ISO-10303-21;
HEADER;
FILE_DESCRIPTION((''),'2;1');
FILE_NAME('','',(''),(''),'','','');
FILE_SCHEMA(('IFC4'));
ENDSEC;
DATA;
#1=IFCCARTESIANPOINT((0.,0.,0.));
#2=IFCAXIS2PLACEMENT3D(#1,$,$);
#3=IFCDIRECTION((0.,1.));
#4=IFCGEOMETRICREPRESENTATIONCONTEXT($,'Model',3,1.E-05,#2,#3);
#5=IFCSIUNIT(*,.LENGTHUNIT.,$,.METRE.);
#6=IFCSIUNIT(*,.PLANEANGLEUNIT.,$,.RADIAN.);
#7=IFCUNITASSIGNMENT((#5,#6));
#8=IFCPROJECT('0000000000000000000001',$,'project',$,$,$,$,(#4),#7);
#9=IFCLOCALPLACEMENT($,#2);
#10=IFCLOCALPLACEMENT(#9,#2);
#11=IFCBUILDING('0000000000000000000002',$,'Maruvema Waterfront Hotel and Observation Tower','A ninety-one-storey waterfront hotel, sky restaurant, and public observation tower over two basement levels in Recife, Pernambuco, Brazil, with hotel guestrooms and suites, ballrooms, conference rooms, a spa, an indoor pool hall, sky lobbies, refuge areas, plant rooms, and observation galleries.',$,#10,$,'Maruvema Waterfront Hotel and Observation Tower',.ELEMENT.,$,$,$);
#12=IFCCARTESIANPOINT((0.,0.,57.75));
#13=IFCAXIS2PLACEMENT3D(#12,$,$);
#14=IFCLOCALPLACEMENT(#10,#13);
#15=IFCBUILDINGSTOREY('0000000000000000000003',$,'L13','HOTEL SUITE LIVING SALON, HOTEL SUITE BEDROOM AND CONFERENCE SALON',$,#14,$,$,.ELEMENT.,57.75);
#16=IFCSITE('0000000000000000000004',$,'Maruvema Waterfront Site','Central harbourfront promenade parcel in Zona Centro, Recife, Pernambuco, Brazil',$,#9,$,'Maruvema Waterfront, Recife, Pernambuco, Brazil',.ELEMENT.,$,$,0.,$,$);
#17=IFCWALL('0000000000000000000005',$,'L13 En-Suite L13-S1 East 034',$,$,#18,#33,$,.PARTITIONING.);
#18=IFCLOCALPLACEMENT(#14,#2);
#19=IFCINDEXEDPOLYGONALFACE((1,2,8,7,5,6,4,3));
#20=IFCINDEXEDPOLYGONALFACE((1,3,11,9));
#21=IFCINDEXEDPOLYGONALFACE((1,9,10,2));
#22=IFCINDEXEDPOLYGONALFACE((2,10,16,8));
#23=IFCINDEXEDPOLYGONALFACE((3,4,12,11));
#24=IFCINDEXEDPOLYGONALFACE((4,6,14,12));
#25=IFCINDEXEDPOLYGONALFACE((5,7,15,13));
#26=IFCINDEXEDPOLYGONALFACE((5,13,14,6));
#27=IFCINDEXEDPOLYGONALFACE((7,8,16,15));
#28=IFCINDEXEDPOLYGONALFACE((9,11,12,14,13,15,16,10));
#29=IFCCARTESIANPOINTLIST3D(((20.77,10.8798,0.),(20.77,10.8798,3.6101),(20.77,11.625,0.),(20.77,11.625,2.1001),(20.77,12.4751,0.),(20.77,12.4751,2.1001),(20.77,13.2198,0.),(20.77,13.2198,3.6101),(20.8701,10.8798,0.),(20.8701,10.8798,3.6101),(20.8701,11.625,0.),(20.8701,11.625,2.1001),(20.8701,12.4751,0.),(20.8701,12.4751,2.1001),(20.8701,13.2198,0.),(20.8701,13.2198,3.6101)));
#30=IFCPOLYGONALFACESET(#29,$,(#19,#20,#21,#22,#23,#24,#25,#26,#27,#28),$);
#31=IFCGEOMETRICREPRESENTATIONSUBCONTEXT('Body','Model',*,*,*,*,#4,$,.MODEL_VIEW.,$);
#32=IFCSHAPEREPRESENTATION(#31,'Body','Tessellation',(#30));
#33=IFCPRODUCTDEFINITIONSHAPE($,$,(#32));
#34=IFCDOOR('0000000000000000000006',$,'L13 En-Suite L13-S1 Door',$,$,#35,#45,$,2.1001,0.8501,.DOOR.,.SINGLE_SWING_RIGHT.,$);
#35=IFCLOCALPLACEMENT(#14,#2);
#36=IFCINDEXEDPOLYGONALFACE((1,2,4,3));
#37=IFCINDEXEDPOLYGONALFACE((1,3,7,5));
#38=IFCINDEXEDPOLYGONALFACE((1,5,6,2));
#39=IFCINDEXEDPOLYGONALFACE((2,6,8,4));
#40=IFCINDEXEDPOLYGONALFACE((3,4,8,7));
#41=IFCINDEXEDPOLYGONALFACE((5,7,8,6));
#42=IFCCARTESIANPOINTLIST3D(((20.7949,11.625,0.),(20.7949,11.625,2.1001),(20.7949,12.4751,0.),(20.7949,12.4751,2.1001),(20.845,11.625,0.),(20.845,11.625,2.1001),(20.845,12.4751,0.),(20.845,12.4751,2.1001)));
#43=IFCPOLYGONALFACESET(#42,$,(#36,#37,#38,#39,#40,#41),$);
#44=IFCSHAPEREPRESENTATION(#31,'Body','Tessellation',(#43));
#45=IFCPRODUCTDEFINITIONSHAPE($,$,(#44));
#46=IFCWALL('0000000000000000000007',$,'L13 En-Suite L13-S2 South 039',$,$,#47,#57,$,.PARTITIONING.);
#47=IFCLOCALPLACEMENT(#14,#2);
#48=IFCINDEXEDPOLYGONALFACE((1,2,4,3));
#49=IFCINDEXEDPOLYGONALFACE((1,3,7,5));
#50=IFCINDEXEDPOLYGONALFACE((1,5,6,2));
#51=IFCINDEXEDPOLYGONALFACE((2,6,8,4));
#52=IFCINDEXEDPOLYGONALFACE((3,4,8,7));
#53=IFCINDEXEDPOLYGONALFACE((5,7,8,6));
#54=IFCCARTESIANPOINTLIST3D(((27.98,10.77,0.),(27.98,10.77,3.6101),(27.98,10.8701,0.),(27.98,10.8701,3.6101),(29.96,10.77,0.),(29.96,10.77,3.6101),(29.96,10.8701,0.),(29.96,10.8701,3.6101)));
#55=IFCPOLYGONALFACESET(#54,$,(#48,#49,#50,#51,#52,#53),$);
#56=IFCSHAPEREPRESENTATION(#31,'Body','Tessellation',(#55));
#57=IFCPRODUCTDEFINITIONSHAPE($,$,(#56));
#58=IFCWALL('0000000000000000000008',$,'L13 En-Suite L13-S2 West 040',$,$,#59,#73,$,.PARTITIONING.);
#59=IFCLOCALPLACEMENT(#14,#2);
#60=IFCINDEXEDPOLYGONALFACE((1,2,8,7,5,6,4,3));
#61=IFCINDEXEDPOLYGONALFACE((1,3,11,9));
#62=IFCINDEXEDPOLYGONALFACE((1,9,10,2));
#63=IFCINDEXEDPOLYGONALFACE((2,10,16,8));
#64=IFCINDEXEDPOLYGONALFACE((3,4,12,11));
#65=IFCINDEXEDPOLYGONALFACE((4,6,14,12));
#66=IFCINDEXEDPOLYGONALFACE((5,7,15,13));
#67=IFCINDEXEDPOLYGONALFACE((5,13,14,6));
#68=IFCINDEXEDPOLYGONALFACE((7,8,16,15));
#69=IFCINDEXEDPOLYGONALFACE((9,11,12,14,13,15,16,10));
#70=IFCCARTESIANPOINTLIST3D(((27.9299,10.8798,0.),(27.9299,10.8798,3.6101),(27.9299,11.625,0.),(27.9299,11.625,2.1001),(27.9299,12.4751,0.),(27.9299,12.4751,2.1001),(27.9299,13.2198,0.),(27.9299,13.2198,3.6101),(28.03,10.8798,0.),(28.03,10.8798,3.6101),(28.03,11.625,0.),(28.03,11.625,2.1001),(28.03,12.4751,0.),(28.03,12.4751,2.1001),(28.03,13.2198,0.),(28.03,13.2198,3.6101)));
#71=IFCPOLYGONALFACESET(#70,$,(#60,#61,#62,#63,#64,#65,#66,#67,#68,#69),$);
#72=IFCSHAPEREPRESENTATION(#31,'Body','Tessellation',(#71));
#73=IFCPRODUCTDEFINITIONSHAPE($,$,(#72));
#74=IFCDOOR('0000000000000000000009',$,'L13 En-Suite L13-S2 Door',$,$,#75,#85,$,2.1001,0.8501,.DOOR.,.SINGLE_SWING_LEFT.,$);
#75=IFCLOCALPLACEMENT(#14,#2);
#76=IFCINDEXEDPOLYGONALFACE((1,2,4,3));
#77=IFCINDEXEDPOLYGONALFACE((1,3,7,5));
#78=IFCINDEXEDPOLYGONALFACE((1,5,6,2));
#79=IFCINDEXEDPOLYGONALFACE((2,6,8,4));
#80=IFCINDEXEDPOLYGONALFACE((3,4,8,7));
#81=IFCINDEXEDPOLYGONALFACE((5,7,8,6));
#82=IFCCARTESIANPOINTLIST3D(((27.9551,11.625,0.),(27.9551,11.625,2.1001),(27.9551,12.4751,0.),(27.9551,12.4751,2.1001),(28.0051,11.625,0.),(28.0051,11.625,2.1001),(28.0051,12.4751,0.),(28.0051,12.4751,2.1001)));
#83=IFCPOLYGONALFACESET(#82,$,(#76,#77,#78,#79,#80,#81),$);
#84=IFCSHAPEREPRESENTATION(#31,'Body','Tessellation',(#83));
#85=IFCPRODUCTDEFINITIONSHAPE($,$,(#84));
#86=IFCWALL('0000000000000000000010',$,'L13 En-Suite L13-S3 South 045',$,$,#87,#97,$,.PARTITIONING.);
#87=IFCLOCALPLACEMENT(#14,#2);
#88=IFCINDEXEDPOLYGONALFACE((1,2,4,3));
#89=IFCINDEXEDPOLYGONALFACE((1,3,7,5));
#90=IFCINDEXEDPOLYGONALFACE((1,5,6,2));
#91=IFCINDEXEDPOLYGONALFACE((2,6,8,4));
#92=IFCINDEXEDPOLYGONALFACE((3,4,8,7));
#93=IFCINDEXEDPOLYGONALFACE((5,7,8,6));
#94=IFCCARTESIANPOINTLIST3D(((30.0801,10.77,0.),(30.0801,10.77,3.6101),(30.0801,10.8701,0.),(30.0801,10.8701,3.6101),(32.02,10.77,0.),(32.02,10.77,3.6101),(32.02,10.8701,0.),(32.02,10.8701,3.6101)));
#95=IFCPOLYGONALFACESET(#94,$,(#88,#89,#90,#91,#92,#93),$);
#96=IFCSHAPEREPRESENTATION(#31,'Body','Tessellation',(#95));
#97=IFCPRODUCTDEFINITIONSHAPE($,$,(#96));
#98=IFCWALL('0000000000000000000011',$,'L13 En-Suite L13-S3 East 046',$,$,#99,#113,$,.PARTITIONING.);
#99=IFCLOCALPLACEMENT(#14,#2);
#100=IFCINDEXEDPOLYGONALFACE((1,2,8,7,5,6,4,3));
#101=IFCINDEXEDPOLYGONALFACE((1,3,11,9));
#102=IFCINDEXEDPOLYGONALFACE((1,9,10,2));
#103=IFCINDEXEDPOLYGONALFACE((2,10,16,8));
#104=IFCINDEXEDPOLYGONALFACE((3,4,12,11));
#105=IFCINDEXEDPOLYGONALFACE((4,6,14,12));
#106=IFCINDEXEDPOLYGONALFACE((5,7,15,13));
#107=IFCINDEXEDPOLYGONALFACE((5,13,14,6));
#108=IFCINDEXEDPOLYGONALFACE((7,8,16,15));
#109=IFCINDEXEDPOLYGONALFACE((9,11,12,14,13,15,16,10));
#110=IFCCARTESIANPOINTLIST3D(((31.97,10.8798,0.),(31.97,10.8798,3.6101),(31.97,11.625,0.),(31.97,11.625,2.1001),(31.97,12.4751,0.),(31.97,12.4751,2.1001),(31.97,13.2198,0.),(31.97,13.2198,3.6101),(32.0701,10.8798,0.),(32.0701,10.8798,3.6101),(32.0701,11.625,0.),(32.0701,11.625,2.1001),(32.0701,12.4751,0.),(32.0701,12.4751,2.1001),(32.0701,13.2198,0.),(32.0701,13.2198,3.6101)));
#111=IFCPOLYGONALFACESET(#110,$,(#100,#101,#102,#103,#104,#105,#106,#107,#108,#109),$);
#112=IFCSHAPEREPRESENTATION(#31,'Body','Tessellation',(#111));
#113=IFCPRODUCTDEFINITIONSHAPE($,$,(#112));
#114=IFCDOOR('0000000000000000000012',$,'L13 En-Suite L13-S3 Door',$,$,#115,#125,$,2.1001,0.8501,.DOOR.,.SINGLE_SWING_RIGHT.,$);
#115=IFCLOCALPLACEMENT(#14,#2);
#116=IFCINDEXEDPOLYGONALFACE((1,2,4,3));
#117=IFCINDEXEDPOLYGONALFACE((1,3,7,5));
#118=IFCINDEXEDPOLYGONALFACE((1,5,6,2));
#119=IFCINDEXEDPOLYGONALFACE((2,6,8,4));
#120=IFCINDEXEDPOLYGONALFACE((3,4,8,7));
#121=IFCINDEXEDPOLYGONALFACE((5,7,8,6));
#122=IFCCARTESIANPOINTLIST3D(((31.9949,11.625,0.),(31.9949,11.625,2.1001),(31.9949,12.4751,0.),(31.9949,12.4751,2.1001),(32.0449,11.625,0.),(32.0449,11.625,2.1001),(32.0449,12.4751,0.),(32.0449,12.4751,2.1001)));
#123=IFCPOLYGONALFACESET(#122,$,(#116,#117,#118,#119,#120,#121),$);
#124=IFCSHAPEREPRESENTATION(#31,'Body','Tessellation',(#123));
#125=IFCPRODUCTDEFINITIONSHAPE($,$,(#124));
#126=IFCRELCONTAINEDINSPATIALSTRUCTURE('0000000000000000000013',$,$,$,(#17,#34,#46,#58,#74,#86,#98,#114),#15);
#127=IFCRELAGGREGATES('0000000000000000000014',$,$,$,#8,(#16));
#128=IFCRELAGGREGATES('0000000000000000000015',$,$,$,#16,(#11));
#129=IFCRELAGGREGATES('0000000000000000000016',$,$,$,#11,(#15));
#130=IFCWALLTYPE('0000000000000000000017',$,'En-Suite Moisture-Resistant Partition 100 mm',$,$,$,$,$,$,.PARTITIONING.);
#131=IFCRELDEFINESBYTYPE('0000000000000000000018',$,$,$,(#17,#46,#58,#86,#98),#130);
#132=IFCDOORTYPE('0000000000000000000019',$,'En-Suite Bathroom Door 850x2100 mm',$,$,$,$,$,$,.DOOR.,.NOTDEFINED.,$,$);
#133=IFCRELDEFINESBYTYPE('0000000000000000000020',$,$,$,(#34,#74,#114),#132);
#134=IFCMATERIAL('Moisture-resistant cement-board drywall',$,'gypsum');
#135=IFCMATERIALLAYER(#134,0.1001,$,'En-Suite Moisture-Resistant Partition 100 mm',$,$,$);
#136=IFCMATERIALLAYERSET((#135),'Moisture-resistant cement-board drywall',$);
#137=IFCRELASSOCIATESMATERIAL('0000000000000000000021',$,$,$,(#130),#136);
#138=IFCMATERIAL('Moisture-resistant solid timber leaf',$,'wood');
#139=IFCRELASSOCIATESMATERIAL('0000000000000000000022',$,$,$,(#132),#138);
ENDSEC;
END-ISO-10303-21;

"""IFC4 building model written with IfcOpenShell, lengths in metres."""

from ifc_helpers import new_model, si_unit, direction, frame, frame_2d, origin, place, context, subcontext, project, spatial, rectangle, extrude, material, layer, layer_set, type_object, element, fill, save


model = new_model("IFC4")

# Units and contexts
model_context = context("Model", 3, precision=1e-05, world=origin(), true_north=direction((0.0, 1.0)))
body_context = subcontext(model_context, "Body", "Model", "MODEL_VIEW")
ifc_project = project(units=[si_unit("LENGTHUNIT", "METRE"), si_unit("PLANEANGLEUNIT", "RADIAN")], contexts=[model_context])

# Site, building, storey
site_placement = place(None, origin())
site = spatial("IfcSite", under=ifc_project, at=site_placement, Name="Maruvema Waterfront Site", Description="Central harbourfront promenade parcel in Zona Centro, Recife, Pernambuco, Brazil", LongName="Maruvema Waterfront, Recife, Pernambuco, Brazil", CompositionType="ELEMENT", RefElevation=0.0)
building_placement = place(site_placement, origin())
building = spatial("IfcBuilding", under=site, at=building_placement, Name="Maruvema Waterfront Hotel and Observation Tower", Description="A ninety-one-storey waterfront hotel, sky restaurant, and public observation tower over two basement levels in Recife, Pernambuco, Brazil, with hotel guestrooms and suites, ballrooms, conference rooms, a spa, an indoor pool hall, sky lobbies, refuge areas, plant rooms, and observation galleries.", LongName="Maruvema Waterfront Hotel and Observation Tower", CompositionType="ELEMENT")
storey_placement = place(building_placement, frame((0.0, 0.0, 57.75)))
storey = spatial("IfcBuildingStorey", under=building, at=storey_placement, Name="L13", Description="HOTEL SUITE LIVING SALON, HOTEL SUITE BEDROOM AND CONFERENCE SALON", CompositionType="ELEMENT", Elevation=57.75)

# Shared definitions
ifc_material_1 = material(Name="Moisture-resistant cement-board drywall", Category="gypsum")
ifc_layer_1 = layer(ifc_material_1, 0.1001, Name="En-Suite Moisture-Resistant Partition 100 mm")
ifc_layer_set_1 = layer_set([ifc_layer_1], Name="Moisture-resistant cement-board drywall")
wall_type_1 = type_object("IfcWallType", Name="En-Suite Moisture-Resistant Partition 100 mm", PredefinedType="PARTITIONING", material=ifc_layer_set_1)

# Wall, opening, door
wall_1_placement = place(storey_placement, frame((20.8201, 10.8799, 0.0), z_axis=(0.0, 0.0, 1.0), x_axis=(0.0, 1.0, 0.0)))
wall_1 = element("IfcWall", 1, at=wall_1_placement, inside=storey, type_object=wall_type_1, Name="L13 En-Suite L13-S1 East 034", PredefinedType="PARTITIONING", context=body_context, shape_type="SweptSolid", body=[
    extrude(rectangle(XDim=2.3401, YDim=0.1001, at=frame_2d((1.1699, 0.0))), origin(), (0.0, 0.0, 1.0), 3.6101),
])
opening_1_placement = place(wall_1_placement, frame((0.7451, 0.0, 0.0)))
opening_1 = element("IfcOpeningElement", 2, at=opening_1_placement, cuts=wall_1, PredefinedType="OPENING", context=body_context, shape_type="SweptSolid", body=[
    extrude(rectangle(XDim=0.8501, YDim=2.1001, at=frame_2d((0.425, 1.05))), frame((0.0, 0.0601, 0.0), z_axis=(0.0, -1.0, 0.0), x_axis=(1.0, 0.0, 0.0)), (0.0, 0.0, 1.0), 0.1201),
])
ifc_material_2 = material(Name="Moisture-resistant solid timber leaf", Category="wood")
door_type_1 = type_object("IfcDoorType", Name="En-Suite Bathroom Door 850x2100 mm", OperationType="NOTDEFINED", PredefinedType="DOOR", material=ifc_material_2)
door_1_placement = place(opening_1_placement, frame((0.8501, 0.0, 0.0), z_axis=(0.0, 0.0, 1.0), x_axis=(-1.0, 0.0, 0.0)))
door_1 = element("IfcDoor", 3, at=door_1_placement, inside=storey, type_object=door_type_1, Name="L13 En-Suite L13-S1 Door", OperationType="SINGLE_SWING_RIGHT", OverallHeight=2.1001, OverallWidth=0.8501, PredefinedType="DOOR", context=body_context, shape_type="SweptSolid", body=[
    extrude(rectangle(XDim=0.8501, YDim=2.1001, at=frame_2d((0.425, 1.05))), frame((0.0, 0.0249, 0.0), z_axis=(0.0, -1.0, 0.0), x_axis=(1.0, 0.0, 0.0)), (0.0, 0.0, 1.0), 0.05),
])
fill(opening_1, door_1)

# Wall
wall_2_placement = place(storey_placement, frame((27.98, 10.8201, 0.0), z_axis=(0.0, 0.0, 1.0), x_axis=(1.0, 0.0, 0.0)))
element("IfcWall", 4, at=wall_2_placement, inside=storey, type_object=wall_type_1, Name="L13 En-Suite L13-S2 South 039", PredefinedType="PARTITIONING", context=body_context, shape_type="SweptSolid", body=[
    extrude(rectangle(XDim=1.98, YDim=0.1001, at=frame_2d((0.99, 0.0))), origin(), (0.0, 0.0, 1.0), 3.6101),
])

# Wall, opening, door
wall_3_placement = place(storey_placement, frame((27.98, 10.8799, 0.0), z_axis=(0.0, 0.0, 1.0), x_axis=(0.0, 1.0, 0.0)))
wall_3 = element("IfcWall", 5, at=wall_3_placement, inside=storey, type_object=wall_type_1, Name="L13 En-Suite L13-S2 West 040", PredefinedType="PARTITIONING", context=body_context, shape_type="SweptSolid", body=[
    extrude(rectangle(XDim=2.3401, YDim=0.1001, at=frame_2d((1.1699, 0.0))), origin(), (0.0, 0.0, 1.0), 3.6101),
])
opening_2_placement = place(wall_3_placement, frame((0.7451, 0.0, 0.0)))
opening_2 = element("IfcOpeningElement", 6, at=opening_2_placement, cuts=wall_3, PredefinedType="OPENING", context=body_context, shape_type="SweptSolid", body=[
    extrude(rectangle(XDim=0.8501, YDim=2.1001, at=frame_2d((0.425, 1.05))), frame((0.0, 0.0601, 0.0), z_axis=(0.0, -1.0, 0.0), x_axis=(1.0, 0.0, 0.0)), (0.0, 0.0, 1.0), 0.1201),
])
door_2_placement = place(opening_2_placement, origin())
door_2 = element("IfcDoor", 7, at=door_2_placement, inside=storey, type_object=door_type_1, Name="L13 En-Suite L13-S2 Door", OperationType="SINGLE_SWING_LEFT", OverallHeight=2.1001, OverallWidth=0.8501, PredefinedType="DOOR", context=body_context, shape_type="SweptSolid", body=[
    extrude(rectangle(XDim=0.8501, YDim=2.1001, at=frame_2d((0.425, 1.05))), frame((0.0, 0.0249, 0.0), z_axis=(0.0, -1.0, 0.0), x_axis=(1.0, 0.0, 0.0)), (0.0, 0.0, 1.0), 0.05),
])
fill(opening_2, door_2)

# Wall
wall_4_placement = place(storey_placement, frame((30.0801, 10.8201, 0.0), z_axis=(0.0, 0.0, 1.0), x_axis=(1.0, 0.0, 0.0)))
element("IfcWall", 8, at=wall_4_placement, inside=storey, type_object=wall_type_1, Name="L13 En-Suite L13-S3 South 045", PredefinedType="PARTITIONING", context=body_context, shape_type="SweptSolid", body=[
    extrude(rectangle(XDim=1.9399, YDim=0.1001, at=frame_2d((0.97, 0.0))), origin(), (0.0, 0.0, 1.0), 3.6101),
])

# Wall, opening, door
wall_5_placement = place(storey_placement, frame((32.02, 10.8799, 0.0), z_axis=(0.0, 0.0, 1.0), x_axis=(0.0, 1.0, 0.0)))
wall_5 = element("IfcWall", 9, at=wall_5_placement, inside=storey, type_object=wall_type_1, Name="L13 En-Suite L13-S3 East 046", PredefinedType="PARTITIONING", context=body_context, shape_type="SweptSolid", body=[
    extrude(rectangle(XDim=2.3401, YDim=0.1001, at=frame_2d((1.1699, 0.0))), origin(), (0.0, 0.0, 1.0), 3.6101),
])
opening_3_placement = place(wall_5_placement, frame((0.7451, 0.0, 0.0)))
opening_3 = element("IfcOpeningElement", 10, at=opening_3_placement, cuts=wall_5, PredefinedType="OPENING", context=body_context, shape_type="SweptSolid", body=[
    extrude(rectangle(XDim=0.8501, YDim=2.1001, at=frame_2d((0.425, 1.05))), frame((0.0, 0.0601, 0.0), z_axis=(0.0, -1.0, 0.0), x_axis=(1.0, 0.0, 0.0)), (0.0, 0.0, 1.0), 0.1201),
])
door_3_placement = place(opening_3_placement, frame((0.8501, 0.0, 0.0), z_axis=(0.0, 0.0, 1.0), x_axis=(-1.0, 0.0, 0.0)))
door_3 = element("IfcDoor", 11, at=door_3_placement, inside=storey, type_object=door_type_1, Name="L13 En-Suite L13-S3 Door", OperationType="SINGLE_SWING_RIGHT", OverallHeight=2.1001, OverallWidth=0.8501, PredefinedType="DOOR", context=body_context, shape_type="SweptSolid", body=[
    extrude(rectangle(XDim=0.8501, YDim=2.1001, at=frame_2d((0.425, 1.05))), frame((0.0, 0.0249, 0.0), z_axis=(0.0, -1.0, 0.0), x_axis=(1.0, 0.0, 0.0)), (0.0, 0.0, 1.0), 0.05),
])
fill(opening_3, door_3)

save(model, "model.ifc")
